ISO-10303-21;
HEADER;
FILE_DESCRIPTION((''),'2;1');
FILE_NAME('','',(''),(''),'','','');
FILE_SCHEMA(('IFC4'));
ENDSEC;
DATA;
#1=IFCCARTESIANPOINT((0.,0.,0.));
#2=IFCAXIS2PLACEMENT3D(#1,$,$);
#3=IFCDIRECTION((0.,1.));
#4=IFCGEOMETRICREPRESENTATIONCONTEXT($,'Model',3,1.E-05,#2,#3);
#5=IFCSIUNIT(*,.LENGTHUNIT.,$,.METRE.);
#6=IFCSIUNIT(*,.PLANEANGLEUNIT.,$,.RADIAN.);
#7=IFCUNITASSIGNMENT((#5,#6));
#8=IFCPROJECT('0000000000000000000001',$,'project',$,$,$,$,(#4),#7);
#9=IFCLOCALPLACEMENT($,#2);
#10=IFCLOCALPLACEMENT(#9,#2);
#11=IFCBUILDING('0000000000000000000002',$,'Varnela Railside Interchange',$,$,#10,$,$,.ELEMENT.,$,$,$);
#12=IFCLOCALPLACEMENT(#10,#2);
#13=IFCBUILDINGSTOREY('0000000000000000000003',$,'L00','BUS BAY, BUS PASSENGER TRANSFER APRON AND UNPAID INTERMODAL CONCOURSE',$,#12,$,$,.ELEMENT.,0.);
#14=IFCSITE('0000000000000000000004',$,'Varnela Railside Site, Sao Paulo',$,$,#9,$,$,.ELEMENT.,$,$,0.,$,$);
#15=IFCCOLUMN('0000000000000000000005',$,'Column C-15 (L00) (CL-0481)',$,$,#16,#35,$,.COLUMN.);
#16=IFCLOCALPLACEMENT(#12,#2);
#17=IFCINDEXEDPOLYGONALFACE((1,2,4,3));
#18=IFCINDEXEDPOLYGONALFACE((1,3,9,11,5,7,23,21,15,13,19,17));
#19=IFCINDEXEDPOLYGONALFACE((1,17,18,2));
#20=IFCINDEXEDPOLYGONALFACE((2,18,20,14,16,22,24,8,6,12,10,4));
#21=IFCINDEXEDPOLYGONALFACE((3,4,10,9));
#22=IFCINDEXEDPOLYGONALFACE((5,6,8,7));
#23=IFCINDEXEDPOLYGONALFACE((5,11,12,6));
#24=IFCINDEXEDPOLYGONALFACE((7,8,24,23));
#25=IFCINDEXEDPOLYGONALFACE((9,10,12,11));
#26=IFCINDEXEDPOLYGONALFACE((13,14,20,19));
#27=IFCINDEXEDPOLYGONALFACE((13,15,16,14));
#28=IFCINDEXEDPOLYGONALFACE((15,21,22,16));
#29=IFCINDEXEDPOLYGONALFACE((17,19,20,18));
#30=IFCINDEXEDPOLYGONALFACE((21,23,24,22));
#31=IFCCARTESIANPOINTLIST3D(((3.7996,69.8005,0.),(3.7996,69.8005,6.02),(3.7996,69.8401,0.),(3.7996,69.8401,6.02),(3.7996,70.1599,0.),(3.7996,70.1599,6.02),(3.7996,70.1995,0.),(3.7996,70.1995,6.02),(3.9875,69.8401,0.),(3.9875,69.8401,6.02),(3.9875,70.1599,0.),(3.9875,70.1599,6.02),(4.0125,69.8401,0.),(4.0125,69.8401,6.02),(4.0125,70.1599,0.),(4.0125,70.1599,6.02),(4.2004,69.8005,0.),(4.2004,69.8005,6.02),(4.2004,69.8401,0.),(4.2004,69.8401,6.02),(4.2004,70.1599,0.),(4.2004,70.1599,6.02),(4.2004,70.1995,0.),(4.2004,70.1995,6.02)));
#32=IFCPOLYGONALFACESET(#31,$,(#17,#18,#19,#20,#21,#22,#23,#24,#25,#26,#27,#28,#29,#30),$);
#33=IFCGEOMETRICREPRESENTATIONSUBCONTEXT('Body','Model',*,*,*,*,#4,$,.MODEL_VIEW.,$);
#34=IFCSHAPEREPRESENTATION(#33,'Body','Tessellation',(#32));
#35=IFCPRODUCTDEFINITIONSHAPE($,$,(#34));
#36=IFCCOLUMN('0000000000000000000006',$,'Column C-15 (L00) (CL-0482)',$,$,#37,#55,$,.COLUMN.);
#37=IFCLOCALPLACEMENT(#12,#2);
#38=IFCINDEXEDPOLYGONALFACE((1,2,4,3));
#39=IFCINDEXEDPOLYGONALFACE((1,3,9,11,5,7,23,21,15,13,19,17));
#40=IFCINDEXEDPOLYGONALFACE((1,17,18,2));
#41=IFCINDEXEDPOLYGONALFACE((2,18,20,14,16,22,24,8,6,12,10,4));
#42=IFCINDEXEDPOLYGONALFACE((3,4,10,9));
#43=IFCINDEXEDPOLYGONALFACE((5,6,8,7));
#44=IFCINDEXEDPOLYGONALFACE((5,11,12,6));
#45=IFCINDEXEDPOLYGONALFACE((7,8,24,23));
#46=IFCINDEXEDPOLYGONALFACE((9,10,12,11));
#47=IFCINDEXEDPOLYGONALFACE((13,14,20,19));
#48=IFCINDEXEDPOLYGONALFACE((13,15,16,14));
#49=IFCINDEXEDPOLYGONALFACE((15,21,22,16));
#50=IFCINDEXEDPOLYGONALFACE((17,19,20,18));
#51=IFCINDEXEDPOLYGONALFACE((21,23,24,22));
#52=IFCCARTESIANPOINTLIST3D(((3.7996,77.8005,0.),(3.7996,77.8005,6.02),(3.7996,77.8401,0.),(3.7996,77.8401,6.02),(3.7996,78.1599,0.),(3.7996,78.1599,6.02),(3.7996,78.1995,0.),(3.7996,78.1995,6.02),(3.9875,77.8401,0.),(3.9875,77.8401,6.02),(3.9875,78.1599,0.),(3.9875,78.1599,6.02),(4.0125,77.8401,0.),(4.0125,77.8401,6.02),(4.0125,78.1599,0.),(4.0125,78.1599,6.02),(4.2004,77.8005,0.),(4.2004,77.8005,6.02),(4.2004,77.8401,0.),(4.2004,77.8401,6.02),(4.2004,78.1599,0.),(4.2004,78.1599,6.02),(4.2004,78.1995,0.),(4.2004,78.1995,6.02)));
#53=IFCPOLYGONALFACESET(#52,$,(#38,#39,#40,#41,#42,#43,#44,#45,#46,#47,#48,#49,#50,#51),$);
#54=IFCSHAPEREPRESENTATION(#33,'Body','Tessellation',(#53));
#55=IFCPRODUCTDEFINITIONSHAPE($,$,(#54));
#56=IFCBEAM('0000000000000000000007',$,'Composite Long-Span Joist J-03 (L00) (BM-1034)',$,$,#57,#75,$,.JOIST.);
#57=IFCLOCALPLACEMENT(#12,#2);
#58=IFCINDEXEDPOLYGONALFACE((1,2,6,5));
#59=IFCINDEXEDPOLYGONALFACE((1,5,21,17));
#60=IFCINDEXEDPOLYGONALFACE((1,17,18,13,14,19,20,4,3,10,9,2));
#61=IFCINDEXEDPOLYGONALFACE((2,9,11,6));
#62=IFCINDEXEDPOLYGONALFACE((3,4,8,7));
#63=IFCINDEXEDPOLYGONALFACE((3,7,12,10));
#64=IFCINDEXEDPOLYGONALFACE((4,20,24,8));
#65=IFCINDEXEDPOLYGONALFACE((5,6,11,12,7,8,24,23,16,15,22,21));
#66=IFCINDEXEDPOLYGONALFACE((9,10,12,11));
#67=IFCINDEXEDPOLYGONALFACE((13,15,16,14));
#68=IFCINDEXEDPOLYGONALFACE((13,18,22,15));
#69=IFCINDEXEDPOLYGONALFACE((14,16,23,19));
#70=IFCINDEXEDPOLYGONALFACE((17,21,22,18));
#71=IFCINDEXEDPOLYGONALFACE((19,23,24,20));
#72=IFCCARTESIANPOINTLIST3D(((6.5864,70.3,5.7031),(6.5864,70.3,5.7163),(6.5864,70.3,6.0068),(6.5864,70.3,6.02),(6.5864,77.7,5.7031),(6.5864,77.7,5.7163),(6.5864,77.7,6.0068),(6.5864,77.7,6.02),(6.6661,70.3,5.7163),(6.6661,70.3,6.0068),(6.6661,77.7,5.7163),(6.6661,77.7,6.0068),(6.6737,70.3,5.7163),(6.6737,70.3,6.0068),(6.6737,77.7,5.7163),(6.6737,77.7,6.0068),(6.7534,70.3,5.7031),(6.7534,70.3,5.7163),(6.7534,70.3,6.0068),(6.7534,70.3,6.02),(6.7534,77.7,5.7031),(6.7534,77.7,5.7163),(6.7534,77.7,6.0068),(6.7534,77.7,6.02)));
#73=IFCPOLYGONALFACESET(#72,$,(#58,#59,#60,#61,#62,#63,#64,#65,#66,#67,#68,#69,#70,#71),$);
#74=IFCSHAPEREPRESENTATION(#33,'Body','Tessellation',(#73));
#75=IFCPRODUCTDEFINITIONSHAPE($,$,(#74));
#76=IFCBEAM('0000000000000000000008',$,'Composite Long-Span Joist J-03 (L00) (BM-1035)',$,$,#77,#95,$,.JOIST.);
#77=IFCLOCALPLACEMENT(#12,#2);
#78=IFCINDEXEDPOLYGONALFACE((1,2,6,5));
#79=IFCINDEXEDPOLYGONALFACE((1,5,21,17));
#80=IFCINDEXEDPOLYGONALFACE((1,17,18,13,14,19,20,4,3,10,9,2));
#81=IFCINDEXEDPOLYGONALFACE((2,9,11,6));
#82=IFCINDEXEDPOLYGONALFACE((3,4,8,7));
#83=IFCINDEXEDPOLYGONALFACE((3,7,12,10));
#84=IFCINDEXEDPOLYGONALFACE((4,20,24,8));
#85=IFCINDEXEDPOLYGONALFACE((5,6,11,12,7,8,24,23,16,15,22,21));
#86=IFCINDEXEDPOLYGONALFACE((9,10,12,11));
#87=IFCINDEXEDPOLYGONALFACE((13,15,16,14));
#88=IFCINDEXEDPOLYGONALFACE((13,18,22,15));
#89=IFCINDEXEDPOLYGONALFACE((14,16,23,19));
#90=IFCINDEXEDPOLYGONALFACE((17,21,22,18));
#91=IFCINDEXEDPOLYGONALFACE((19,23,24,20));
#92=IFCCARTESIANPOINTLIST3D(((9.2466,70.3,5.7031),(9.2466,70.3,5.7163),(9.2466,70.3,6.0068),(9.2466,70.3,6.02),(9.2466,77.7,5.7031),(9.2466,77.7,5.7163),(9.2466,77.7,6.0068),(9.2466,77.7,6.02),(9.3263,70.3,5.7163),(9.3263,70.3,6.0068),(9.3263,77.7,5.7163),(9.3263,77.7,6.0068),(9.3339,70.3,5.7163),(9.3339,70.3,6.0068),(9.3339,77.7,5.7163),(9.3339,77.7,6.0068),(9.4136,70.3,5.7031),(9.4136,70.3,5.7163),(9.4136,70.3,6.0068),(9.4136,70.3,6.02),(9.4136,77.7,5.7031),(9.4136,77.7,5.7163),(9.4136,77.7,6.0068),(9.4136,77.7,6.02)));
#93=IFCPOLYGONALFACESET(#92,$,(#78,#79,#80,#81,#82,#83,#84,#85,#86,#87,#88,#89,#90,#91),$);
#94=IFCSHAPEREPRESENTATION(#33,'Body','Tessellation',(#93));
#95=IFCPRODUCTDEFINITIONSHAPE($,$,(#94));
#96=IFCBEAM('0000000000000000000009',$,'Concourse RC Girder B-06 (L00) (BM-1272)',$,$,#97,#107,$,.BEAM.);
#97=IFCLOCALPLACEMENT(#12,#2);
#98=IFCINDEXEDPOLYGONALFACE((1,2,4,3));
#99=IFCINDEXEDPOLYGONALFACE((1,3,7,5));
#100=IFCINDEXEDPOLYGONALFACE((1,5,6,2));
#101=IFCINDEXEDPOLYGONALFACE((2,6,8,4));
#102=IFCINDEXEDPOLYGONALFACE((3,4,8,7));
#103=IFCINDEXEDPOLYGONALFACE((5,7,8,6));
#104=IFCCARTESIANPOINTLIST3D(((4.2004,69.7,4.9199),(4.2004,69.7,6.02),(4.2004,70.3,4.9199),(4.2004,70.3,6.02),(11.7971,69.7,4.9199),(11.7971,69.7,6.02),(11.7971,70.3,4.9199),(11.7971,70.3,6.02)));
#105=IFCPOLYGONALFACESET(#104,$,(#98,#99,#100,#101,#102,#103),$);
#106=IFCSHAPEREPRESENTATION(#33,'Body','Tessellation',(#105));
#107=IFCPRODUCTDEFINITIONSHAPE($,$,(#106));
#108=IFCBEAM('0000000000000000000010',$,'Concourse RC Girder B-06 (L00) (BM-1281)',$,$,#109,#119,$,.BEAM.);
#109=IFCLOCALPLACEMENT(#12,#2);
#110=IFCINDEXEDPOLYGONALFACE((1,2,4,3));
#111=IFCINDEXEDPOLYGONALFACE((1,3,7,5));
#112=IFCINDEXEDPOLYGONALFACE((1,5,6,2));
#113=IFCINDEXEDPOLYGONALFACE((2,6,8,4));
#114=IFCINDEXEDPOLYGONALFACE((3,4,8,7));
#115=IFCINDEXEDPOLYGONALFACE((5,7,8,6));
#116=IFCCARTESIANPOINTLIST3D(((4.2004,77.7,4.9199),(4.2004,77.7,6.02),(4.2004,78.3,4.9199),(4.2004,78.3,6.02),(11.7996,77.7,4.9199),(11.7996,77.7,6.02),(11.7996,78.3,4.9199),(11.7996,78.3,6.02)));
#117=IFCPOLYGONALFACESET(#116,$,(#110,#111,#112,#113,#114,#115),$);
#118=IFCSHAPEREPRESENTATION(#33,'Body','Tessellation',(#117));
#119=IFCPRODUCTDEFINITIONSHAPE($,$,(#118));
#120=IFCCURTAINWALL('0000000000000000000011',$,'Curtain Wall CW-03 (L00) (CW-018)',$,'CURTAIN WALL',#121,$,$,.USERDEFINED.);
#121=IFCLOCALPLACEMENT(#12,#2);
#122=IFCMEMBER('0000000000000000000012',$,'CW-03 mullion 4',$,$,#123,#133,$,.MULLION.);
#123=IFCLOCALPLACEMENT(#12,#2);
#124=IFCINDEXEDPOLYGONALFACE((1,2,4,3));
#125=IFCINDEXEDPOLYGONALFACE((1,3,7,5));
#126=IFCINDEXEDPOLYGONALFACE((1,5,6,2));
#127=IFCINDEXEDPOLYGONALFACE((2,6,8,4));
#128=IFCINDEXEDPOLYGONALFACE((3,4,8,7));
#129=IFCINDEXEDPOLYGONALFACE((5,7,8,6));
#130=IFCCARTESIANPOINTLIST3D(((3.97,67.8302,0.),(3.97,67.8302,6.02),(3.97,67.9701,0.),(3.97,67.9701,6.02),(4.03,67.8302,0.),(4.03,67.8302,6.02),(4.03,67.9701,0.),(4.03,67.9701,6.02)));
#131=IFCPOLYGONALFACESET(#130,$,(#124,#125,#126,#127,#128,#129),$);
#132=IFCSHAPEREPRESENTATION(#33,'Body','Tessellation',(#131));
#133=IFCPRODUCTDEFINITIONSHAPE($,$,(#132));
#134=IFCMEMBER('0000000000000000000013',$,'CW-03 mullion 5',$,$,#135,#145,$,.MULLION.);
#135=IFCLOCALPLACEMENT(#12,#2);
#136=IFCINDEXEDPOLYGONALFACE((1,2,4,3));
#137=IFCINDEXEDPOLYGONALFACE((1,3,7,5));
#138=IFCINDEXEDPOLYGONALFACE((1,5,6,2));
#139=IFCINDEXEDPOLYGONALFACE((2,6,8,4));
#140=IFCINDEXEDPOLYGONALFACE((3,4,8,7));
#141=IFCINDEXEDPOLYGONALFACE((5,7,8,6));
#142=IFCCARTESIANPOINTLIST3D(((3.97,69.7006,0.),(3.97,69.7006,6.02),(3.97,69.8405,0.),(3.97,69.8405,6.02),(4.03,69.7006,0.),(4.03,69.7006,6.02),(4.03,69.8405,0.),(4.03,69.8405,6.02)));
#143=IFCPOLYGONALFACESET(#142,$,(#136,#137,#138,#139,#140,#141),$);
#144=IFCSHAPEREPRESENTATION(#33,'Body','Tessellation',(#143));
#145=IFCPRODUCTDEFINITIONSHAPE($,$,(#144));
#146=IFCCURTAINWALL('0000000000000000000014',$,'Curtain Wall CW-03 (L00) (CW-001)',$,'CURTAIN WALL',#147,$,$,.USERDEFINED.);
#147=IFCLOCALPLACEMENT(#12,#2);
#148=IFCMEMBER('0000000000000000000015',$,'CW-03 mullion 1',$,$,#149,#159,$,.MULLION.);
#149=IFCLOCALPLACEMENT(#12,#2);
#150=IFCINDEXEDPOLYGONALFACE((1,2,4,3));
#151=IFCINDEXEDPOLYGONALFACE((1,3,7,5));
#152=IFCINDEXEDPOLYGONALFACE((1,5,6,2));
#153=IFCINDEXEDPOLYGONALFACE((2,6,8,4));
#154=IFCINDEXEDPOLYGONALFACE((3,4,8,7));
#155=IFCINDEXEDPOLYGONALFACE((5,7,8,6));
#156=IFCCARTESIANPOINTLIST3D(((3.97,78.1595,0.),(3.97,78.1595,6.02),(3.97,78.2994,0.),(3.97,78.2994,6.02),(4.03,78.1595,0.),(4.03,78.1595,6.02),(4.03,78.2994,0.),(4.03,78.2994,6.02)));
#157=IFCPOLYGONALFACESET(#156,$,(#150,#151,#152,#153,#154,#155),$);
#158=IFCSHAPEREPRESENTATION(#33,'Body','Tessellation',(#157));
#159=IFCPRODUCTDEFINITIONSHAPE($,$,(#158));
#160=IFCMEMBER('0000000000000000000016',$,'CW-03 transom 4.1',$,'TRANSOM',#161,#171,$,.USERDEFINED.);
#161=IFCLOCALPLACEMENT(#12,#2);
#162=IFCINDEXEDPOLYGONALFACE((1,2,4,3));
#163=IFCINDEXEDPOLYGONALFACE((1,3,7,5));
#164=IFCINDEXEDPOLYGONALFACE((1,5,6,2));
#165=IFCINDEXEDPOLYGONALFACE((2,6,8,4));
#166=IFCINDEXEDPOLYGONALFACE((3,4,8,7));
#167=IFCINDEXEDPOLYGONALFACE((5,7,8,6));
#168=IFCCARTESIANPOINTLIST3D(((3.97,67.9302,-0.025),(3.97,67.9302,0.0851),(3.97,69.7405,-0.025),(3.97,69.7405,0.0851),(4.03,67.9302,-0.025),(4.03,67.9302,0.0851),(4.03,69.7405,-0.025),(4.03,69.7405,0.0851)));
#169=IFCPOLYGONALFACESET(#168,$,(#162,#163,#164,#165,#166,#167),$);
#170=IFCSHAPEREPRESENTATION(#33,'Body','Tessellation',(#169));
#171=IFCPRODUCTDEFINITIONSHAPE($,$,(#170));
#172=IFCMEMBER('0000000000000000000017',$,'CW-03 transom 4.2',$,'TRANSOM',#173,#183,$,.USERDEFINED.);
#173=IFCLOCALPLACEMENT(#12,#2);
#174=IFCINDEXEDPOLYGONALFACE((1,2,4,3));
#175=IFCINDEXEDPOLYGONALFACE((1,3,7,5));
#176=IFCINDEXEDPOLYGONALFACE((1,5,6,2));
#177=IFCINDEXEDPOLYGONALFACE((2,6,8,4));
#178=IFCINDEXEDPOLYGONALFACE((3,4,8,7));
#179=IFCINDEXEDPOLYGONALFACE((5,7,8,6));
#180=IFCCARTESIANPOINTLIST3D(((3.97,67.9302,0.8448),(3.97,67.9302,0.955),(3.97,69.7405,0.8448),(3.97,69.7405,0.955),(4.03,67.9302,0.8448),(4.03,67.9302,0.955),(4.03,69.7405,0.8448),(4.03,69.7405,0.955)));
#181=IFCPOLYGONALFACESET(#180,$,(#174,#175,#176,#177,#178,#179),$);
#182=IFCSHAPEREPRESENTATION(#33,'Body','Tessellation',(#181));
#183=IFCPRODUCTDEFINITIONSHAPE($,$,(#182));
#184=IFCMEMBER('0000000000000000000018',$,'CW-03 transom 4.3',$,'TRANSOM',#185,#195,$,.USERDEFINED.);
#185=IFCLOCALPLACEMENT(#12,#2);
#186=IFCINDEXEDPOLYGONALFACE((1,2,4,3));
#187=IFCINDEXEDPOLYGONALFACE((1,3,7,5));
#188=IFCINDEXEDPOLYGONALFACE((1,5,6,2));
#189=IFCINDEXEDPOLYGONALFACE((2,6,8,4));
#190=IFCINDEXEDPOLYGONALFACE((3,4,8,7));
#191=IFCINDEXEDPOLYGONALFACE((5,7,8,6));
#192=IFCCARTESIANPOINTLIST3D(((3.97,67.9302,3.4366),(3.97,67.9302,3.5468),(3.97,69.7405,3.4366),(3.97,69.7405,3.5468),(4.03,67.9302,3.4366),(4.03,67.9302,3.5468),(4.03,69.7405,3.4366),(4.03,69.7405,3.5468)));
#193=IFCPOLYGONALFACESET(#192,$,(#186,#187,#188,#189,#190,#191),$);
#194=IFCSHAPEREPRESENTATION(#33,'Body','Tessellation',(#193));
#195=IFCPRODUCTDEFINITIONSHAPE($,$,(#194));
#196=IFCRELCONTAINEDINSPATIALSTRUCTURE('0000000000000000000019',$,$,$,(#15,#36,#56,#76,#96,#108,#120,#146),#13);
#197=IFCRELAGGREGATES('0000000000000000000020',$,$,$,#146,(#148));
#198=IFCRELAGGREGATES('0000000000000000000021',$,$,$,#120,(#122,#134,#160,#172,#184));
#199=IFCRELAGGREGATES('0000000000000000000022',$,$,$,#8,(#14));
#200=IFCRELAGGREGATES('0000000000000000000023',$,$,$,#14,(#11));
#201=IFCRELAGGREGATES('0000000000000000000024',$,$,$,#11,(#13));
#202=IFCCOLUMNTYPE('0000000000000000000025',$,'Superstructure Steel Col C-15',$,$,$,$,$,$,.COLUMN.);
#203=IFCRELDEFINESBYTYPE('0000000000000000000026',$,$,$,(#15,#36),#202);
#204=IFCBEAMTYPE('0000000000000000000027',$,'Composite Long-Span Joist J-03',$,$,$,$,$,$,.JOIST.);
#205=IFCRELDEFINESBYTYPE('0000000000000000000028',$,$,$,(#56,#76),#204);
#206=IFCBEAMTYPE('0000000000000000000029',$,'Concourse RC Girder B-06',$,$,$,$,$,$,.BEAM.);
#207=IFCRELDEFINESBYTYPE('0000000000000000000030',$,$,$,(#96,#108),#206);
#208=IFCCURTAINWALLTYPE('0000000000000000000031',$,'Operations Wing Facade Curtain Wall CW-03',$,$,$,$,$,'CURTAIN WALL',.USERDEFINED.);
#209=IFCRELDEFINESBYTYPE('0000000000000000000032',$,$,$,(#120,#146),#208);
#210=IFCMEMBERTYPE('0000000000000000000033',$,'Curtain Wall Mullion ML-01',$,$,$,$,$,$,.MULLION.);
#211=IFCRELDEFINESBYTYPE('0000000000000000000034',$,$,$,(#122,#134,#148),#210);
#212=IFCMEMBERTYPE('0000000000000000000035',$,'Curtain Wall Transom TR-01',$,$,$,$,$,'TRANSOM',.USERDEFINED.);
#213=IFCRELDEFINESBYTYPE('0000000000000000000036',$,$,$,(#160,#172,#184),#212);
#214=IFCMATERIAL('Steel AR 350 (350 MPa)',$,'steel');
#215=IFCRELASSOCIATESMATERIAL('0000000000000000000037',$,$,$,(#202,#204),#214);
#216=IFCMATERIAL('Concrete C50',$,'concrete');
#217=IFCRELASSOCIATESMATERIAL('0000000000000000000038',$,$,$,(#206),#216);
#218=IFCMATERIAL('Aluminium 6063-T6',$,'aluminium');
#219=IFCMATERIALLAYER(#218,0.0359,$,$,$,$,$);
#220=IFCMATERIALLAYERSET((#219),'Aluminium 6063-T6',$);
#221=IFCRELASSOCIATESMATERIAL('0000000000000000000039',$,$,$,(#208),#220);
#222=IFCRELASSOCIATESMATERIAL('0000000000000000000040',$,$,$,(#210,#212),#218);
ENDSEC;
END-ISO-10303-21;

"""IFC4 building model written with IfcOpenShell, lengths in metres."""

from ifc_helpers import new_model, si_unit, direction, frame, origin, origin_2d, place, context, subcontext, project, spatial, rectangle, i_section, extrude, material, layer, layer_set, material_profile, profile_set, type_object, element, aggregate, save


model = new_model("IFC4")

# Units and contexts
model_context = context("Model", 3, precision=1e-05, world=origin(), true_north=direction((0.0, 1.0)))
body_context = subcontext(model_context, "Body", "Model", "MODEL_VIEW")
ifc_project = project(units=[si_unit("LENGTHUNIT", "METRE"), si_unit("PLANEANGLEUNIT", "RADIAN")], contexts=[model_context])

# Site, building, storey
site_placement = place(None, origin())
site = spatial("IfcSite", under=ifc_project, at=site_placement, Name="Varnela Railside Site, Sao Paulo", CompositionType="ELEMENT", RefElevation=0.0)
building_placement = place(site_placement, origin())
building = spatial("IfcBuilding", under=site, at=building_placement, Name="Varnela Railside Interchange", CompositionType="ELEMENT")
storey_placement = place(building_placement, origin())
storey = spatial("IfcBuildingStorey", under=building, at=storey_placement, Name="L00", Description="BUS BAY, BUS PASSENGER TRANSFER APRON AND UNPAID INTERMODAL CONCOURSE", CompositionType="ELEMENT", Elevation=0.0)

# Columns
ifc_material_1 = material(Name="Steel AR 350 (350 MPa)", Category="steel")
ifc_material_profile_1 = material_profile(ifc_material_1, i_section(OverallWidth=0.4009, OverallDepth=0.3989, WebThickness=0.0249, FlangeThickness=0.0396, at=origin_2d()), Name="W360x314")
ifc_profile_set_1 = profile_set([ifc_material_profile_1], Name="Steel AR 350 (350 MPa)")
column_type = type_object("IfcColumnType", Name="Superstructure Steel Col C-15", PredefinedType="COLUMN", material=ifc_profile_set_1)
for number, where, z_axis, x_axis, name in (
    (1, (4.0, 70.0, 0.0), (0.0, 0.0, 1.0), (1.0, 0.0, 0.0), "Column C-15 (L00) (CL-0481)"),
    (2, (4.0, 78.0, 0.0), (0.0, 0.0, 1.0), (1.0, 0.0, 0.0), "Column C-15 (L00) (CL-0482)"),
):
    element("IfcColumn", number, at=place(storey_placement, frame(where, z_axis=z_axis, x_axis=x_axis)), inside=storey, type_object=column_type, Name=name, PredefinedType="COLUMN", context=body_context, shape_type="SweptSolid", body=[
        extrude(i_section(OverallWidth=0.4009, OverallDepth=0.3989, WebThickness=0.0249, FlangeThickness=0.0396, at=origin_2d()), origin(), (0.0, 0.0, 1.0), 6.02),
    ])

# Beams
ifc_material_profile_2 = material_profile(ifc_material_1, i_section(OverallWidth=0.167, OverallDepth=0.3169, WebThickness=0.0076, FlangeThickness=0.0132, at=origin_2d()), Name="W310x52")
ifc_profile_set_2 = profile_set([ifc_material_profile_2], Name="Steel AR 350 (350 MPa)")
beam_type_1 = type_object("IfcBeamType", Name="Composite Long-Span Joist J-03", PredefinedType="JOIST", material=ifc_profile_set_2)
for number, where, z_axis, x_axis, name in (
    (3, (6.6699, 70.3, 5.8616), (0.0, 1.0, 0.0), (-1.0, 0.0, 0.0), "Composite Long-Span Joist J-03 (L00) (BM-1034)"),
    (4, (9.3301, 70.3, 5.8616), (0.0, 1.0, 0.0), (-1.0, 0.0, 0.0), "Composite Long-Span Joist J-03 (L00) (BM-1035)"),
):
    element("IfcBeam", number, at=place(storey_placement, frame(where, z_axis=z_axis, x_axis=x_axis)), inside=storey, type_object=beam_type_1, Name=name, PredefinedType="JOIST", context=body_context, shape_type="SweptSolid", body=[
        extrude(i_section(OverallWidth=0.167, OverallDepth=0.3169, WebThickness=0.0076, FlangeThickness=0.0132, at=origin_2d()), origin(), (0.0, 0.0, 1.0), 7.3999),
    ])
ifc_material_2 = material(Name="Concrete C50", Category="concrete")
ifc_material_profile_3 = material_profile(ifc_material_2, rectangle(XDim=0.6001, YDim=1.1001, at=origin_2d()), Name="RC 600x1100")
ifc_profile_set_3 = profile_set([ifc_material_profile_3], Name="Concrete C50")
beam_type_2 = type_object("IfcBeamType", Name="Concourse RC Girder B-06", PredefinedType="BEAM", material=ifc_profile_set_3)
beam_1_placement = place(storey_placement, frame((4.2004, 70.0, 5.47), z_axis=(1.0, 0.0, 0.0), x_axis=(0.0, 1.0, 0.0)))
element("IfcBeam", 5, at=beam_1_placement, inside=storey, type_object=beam_type_2, Name="Concourse RC Girder B-06 (L00) (BM-1272)", PredefinedType="BEAM", context=body_context, shape_type="SweptSolid", body=[
    extrude(rectangle(XDim=0.6001, YDim=1.1001, at=origin_2d()), origin(), (0.0, 0.0, 1.0), 7.5967),
])
beam_2_placement = place(storey_placement, frame((4.2004, 78.0, 5.47), z_axis=(1.0, 0.0, 0.0), x_axis=(0.0, 1.0, 0.0)))
element("IfcBeam", 6, at=beam_2_placement, inside=storey, type_object=beam_type_2, Name="Concourse RC Girder B-06 (L00) (BM-1281)", PredefinedType="BEAM", context=body_context, shape_type="SweptSolid", body=[
    extrude(rectangle(XDim=0.6001, YDim=1.1001, at=origin_2d()), origin(), (0.0, 0.0, 1.0), 7.5991),
])

# Curtain wall, members
ifc_material_3 = material(Name="Aluminium 6063-T6", Category="aluminium")
ifc_layer_1 = layer(ifc_material_3, 0.0359)
ifc_layer_set_1 = layer_set([ifc_layer_1], Name="Aluminium 6063-T6")
curtain_wall_type = type_object("IfcCurtainWallType", Name="Operations Wing Facade Curtain Wall CW-03", ElementType="CURTAIN WALL", PredefinedType="USERDEFINED", material=ifc_layer_set_1)
curtain_wall_1_placement = place(storey_placement, origin())
curtain_wall_1 = element("IfcCurtainWall", 7, at=curtain_wall_1_placement, inside=storey, type_object=curtain_wall_type, Name="Curtain Wall CW-03 (L00) (CW-018)", ObjectType="CURTAIN WALL", PredefinedType="USERDEFINED")
ifc_material_profile_4 = material_profile(ifc_material_3, rectangle(XDim=0.0601, YDim=0.1399, at=origin_2d()), Name="ALU 60x140")
ifc_profile_set_4 = profile_set([ifc_material_profile_4], Name="Aluminium 6063-T6")
member_type_1 = type_object("IfcMemberType", Name="Curtain Wall Mullion ML-01", PredefinedType="MULLION", material=ifc_profile_set_4)
member_1_placement = place(storey_placement, frame((4.0, 67.9001, 0.0), z_axis=(0.0, 0.0, 1.0), x_axis=(-1.0, 0.0, 0.0)))
member_1 = element("IfcMember", 8, at=member_1_placement, type_object=member_type_1, Name="CW-03 mullion 4", PredefinedType="MULLION", context=body_context, shape_type="SweptSolid", body=[
    extrude(rectangle(XDim=0.0601, YDim=0.1399, at=origin_2d()), origin(), (0.0, 0.0, 1.0), 6.02),
])
member_2_placement = place(storey_placement, frame((4.0, 69.7705, 0.0), z_axis=(0.0, 0.0, 1.0), x_axis=(-1.0, 0.0, 0.0)))
member_2 = element("IfcMember", 9, at=member_2_placement, type_object=member_type_1, Name="CW-03 mullion 5", PredefinedType="MULLION", context=body_context, shape_type="SweptSolid", body=[
    extrude(rectangle(XDim=0.0601, YDim=0.1399, at=origin_2d()), origin(), (0.0, 0.0, 1.0), 6.02),
])

# Curtain wall, member
curtain_wall_2_placement = place(storey_placement, origin())
curtain_wall_2 = element("IfcCurtainWall", 10, at=curtain_wall_2_placement, inside=storey, type_object=curtain_wall_type, Name="Curtain Wall CW-03 (L00) (CW-001)", ObjectType="CURTAIN WALL", PredefinedType="USERDEFINED")
member_3_placement = place(storey_placement, frame((4.0, 78.2295, 0.0), z_axis=(0.0, 0.0, 1.0), x_axis=(-1.0, 0.0, 0.0)))
member_3 = element("IfcMember", 11, at=member_3_placement, type_object=member_type_1, Name="CW-03 mullion 1", PredefinedType="MULLION", context=body_context, shape_type="SweptSolid", body=[
    extrude(rectangle(XDim=0.0601, YDim=0.1399, at=origin_2d()), origin(), (0.0, 0.0, 1.0), 6.02),
])

# Members
ifc_material_profile_5 = material_profile(ifc_material_3, rectangle(XDim=0.0601, YDim=0.1101, at=origin_2d()), Name="ALU 60x110")
ifc_profile_set_5 = profile_set([ifc_material_profile_5], Name="Aluminium 6063-T6")
member_type_2 = type_object("IfcMemberType", Name="Curtain Wall Transom TR-01", ElementType="TRANSOM", PredefinedType="USERDEFINED", material=ifc_profile_set_5)
member_4_placement = place(storey_placement, frame((4.0, 67.9302, 0.03), z_axis=(0.0, 1.0, 0.0), x_axis=(-1.0, 0.0, 0.0)))
member_4 = element("IfcMember", 12, at=member_4_placement, type_object=member_type_2, Name="CW-03 transom 4.1", ObjectType="TRANSOM", PredefinedType="USERDEFINED", context=body_context, shape_type="SweptSolid", body=[
    extrude(rectangle(XDim=0.0601, YDim=0.1101, at=origin_2d()), origin(), (0.0, 0.0, 1.0), 1.8103),
])
member_5_placement = place(storey_placement, frame((4.0, 67.9302, 0.8999), z_axis=(0.0, 1.0, 0.0), x_axis=(-1.0, 0.0, 0.0)))
member_5 = element("IfcMember", 13, at=member_5_placement, type_object=member_type_2, Name="CW-03 transom 4.2", ObjectType="TRANSOM", PredefinedType="USERDEFINED", context=body_context, shape_type="SweptSolid", body=[
    extrude(rectangle(XDim=0.0601, YDim=0.1101, at=origin_2d()), origin(), (0.0, 0.0, 1.0), 1.8103),
])
member_6_placement = place(storey_placement, frame((4.0, 67.9302, 3.4917), z_axis=(0.0, 1.0, 0.0), x_axis=(-1.0, 0.0, 0.0)))
member_6 = element("IfcMember", 14, at=member_6_placement, type_object=member_type_2, Name="CW-03 transom 4.3", ObjectType="TRANSOM", PredefinedType="USERDEFINED", context=body_context, shape_type="SweptSolid", body=[
    extrude(rectangle(XDim=0.0601, YDim=0.1101, at=origin_2d()), origin(), (0.0, 0.0, 1.0), 1.8103),
])
aggregate(curtain_wall_2, [member_3])

aggregate(curtain_wall_1, [member_1, member_2, member_4, member_5, member_6])

save(model, "model.ifc")
